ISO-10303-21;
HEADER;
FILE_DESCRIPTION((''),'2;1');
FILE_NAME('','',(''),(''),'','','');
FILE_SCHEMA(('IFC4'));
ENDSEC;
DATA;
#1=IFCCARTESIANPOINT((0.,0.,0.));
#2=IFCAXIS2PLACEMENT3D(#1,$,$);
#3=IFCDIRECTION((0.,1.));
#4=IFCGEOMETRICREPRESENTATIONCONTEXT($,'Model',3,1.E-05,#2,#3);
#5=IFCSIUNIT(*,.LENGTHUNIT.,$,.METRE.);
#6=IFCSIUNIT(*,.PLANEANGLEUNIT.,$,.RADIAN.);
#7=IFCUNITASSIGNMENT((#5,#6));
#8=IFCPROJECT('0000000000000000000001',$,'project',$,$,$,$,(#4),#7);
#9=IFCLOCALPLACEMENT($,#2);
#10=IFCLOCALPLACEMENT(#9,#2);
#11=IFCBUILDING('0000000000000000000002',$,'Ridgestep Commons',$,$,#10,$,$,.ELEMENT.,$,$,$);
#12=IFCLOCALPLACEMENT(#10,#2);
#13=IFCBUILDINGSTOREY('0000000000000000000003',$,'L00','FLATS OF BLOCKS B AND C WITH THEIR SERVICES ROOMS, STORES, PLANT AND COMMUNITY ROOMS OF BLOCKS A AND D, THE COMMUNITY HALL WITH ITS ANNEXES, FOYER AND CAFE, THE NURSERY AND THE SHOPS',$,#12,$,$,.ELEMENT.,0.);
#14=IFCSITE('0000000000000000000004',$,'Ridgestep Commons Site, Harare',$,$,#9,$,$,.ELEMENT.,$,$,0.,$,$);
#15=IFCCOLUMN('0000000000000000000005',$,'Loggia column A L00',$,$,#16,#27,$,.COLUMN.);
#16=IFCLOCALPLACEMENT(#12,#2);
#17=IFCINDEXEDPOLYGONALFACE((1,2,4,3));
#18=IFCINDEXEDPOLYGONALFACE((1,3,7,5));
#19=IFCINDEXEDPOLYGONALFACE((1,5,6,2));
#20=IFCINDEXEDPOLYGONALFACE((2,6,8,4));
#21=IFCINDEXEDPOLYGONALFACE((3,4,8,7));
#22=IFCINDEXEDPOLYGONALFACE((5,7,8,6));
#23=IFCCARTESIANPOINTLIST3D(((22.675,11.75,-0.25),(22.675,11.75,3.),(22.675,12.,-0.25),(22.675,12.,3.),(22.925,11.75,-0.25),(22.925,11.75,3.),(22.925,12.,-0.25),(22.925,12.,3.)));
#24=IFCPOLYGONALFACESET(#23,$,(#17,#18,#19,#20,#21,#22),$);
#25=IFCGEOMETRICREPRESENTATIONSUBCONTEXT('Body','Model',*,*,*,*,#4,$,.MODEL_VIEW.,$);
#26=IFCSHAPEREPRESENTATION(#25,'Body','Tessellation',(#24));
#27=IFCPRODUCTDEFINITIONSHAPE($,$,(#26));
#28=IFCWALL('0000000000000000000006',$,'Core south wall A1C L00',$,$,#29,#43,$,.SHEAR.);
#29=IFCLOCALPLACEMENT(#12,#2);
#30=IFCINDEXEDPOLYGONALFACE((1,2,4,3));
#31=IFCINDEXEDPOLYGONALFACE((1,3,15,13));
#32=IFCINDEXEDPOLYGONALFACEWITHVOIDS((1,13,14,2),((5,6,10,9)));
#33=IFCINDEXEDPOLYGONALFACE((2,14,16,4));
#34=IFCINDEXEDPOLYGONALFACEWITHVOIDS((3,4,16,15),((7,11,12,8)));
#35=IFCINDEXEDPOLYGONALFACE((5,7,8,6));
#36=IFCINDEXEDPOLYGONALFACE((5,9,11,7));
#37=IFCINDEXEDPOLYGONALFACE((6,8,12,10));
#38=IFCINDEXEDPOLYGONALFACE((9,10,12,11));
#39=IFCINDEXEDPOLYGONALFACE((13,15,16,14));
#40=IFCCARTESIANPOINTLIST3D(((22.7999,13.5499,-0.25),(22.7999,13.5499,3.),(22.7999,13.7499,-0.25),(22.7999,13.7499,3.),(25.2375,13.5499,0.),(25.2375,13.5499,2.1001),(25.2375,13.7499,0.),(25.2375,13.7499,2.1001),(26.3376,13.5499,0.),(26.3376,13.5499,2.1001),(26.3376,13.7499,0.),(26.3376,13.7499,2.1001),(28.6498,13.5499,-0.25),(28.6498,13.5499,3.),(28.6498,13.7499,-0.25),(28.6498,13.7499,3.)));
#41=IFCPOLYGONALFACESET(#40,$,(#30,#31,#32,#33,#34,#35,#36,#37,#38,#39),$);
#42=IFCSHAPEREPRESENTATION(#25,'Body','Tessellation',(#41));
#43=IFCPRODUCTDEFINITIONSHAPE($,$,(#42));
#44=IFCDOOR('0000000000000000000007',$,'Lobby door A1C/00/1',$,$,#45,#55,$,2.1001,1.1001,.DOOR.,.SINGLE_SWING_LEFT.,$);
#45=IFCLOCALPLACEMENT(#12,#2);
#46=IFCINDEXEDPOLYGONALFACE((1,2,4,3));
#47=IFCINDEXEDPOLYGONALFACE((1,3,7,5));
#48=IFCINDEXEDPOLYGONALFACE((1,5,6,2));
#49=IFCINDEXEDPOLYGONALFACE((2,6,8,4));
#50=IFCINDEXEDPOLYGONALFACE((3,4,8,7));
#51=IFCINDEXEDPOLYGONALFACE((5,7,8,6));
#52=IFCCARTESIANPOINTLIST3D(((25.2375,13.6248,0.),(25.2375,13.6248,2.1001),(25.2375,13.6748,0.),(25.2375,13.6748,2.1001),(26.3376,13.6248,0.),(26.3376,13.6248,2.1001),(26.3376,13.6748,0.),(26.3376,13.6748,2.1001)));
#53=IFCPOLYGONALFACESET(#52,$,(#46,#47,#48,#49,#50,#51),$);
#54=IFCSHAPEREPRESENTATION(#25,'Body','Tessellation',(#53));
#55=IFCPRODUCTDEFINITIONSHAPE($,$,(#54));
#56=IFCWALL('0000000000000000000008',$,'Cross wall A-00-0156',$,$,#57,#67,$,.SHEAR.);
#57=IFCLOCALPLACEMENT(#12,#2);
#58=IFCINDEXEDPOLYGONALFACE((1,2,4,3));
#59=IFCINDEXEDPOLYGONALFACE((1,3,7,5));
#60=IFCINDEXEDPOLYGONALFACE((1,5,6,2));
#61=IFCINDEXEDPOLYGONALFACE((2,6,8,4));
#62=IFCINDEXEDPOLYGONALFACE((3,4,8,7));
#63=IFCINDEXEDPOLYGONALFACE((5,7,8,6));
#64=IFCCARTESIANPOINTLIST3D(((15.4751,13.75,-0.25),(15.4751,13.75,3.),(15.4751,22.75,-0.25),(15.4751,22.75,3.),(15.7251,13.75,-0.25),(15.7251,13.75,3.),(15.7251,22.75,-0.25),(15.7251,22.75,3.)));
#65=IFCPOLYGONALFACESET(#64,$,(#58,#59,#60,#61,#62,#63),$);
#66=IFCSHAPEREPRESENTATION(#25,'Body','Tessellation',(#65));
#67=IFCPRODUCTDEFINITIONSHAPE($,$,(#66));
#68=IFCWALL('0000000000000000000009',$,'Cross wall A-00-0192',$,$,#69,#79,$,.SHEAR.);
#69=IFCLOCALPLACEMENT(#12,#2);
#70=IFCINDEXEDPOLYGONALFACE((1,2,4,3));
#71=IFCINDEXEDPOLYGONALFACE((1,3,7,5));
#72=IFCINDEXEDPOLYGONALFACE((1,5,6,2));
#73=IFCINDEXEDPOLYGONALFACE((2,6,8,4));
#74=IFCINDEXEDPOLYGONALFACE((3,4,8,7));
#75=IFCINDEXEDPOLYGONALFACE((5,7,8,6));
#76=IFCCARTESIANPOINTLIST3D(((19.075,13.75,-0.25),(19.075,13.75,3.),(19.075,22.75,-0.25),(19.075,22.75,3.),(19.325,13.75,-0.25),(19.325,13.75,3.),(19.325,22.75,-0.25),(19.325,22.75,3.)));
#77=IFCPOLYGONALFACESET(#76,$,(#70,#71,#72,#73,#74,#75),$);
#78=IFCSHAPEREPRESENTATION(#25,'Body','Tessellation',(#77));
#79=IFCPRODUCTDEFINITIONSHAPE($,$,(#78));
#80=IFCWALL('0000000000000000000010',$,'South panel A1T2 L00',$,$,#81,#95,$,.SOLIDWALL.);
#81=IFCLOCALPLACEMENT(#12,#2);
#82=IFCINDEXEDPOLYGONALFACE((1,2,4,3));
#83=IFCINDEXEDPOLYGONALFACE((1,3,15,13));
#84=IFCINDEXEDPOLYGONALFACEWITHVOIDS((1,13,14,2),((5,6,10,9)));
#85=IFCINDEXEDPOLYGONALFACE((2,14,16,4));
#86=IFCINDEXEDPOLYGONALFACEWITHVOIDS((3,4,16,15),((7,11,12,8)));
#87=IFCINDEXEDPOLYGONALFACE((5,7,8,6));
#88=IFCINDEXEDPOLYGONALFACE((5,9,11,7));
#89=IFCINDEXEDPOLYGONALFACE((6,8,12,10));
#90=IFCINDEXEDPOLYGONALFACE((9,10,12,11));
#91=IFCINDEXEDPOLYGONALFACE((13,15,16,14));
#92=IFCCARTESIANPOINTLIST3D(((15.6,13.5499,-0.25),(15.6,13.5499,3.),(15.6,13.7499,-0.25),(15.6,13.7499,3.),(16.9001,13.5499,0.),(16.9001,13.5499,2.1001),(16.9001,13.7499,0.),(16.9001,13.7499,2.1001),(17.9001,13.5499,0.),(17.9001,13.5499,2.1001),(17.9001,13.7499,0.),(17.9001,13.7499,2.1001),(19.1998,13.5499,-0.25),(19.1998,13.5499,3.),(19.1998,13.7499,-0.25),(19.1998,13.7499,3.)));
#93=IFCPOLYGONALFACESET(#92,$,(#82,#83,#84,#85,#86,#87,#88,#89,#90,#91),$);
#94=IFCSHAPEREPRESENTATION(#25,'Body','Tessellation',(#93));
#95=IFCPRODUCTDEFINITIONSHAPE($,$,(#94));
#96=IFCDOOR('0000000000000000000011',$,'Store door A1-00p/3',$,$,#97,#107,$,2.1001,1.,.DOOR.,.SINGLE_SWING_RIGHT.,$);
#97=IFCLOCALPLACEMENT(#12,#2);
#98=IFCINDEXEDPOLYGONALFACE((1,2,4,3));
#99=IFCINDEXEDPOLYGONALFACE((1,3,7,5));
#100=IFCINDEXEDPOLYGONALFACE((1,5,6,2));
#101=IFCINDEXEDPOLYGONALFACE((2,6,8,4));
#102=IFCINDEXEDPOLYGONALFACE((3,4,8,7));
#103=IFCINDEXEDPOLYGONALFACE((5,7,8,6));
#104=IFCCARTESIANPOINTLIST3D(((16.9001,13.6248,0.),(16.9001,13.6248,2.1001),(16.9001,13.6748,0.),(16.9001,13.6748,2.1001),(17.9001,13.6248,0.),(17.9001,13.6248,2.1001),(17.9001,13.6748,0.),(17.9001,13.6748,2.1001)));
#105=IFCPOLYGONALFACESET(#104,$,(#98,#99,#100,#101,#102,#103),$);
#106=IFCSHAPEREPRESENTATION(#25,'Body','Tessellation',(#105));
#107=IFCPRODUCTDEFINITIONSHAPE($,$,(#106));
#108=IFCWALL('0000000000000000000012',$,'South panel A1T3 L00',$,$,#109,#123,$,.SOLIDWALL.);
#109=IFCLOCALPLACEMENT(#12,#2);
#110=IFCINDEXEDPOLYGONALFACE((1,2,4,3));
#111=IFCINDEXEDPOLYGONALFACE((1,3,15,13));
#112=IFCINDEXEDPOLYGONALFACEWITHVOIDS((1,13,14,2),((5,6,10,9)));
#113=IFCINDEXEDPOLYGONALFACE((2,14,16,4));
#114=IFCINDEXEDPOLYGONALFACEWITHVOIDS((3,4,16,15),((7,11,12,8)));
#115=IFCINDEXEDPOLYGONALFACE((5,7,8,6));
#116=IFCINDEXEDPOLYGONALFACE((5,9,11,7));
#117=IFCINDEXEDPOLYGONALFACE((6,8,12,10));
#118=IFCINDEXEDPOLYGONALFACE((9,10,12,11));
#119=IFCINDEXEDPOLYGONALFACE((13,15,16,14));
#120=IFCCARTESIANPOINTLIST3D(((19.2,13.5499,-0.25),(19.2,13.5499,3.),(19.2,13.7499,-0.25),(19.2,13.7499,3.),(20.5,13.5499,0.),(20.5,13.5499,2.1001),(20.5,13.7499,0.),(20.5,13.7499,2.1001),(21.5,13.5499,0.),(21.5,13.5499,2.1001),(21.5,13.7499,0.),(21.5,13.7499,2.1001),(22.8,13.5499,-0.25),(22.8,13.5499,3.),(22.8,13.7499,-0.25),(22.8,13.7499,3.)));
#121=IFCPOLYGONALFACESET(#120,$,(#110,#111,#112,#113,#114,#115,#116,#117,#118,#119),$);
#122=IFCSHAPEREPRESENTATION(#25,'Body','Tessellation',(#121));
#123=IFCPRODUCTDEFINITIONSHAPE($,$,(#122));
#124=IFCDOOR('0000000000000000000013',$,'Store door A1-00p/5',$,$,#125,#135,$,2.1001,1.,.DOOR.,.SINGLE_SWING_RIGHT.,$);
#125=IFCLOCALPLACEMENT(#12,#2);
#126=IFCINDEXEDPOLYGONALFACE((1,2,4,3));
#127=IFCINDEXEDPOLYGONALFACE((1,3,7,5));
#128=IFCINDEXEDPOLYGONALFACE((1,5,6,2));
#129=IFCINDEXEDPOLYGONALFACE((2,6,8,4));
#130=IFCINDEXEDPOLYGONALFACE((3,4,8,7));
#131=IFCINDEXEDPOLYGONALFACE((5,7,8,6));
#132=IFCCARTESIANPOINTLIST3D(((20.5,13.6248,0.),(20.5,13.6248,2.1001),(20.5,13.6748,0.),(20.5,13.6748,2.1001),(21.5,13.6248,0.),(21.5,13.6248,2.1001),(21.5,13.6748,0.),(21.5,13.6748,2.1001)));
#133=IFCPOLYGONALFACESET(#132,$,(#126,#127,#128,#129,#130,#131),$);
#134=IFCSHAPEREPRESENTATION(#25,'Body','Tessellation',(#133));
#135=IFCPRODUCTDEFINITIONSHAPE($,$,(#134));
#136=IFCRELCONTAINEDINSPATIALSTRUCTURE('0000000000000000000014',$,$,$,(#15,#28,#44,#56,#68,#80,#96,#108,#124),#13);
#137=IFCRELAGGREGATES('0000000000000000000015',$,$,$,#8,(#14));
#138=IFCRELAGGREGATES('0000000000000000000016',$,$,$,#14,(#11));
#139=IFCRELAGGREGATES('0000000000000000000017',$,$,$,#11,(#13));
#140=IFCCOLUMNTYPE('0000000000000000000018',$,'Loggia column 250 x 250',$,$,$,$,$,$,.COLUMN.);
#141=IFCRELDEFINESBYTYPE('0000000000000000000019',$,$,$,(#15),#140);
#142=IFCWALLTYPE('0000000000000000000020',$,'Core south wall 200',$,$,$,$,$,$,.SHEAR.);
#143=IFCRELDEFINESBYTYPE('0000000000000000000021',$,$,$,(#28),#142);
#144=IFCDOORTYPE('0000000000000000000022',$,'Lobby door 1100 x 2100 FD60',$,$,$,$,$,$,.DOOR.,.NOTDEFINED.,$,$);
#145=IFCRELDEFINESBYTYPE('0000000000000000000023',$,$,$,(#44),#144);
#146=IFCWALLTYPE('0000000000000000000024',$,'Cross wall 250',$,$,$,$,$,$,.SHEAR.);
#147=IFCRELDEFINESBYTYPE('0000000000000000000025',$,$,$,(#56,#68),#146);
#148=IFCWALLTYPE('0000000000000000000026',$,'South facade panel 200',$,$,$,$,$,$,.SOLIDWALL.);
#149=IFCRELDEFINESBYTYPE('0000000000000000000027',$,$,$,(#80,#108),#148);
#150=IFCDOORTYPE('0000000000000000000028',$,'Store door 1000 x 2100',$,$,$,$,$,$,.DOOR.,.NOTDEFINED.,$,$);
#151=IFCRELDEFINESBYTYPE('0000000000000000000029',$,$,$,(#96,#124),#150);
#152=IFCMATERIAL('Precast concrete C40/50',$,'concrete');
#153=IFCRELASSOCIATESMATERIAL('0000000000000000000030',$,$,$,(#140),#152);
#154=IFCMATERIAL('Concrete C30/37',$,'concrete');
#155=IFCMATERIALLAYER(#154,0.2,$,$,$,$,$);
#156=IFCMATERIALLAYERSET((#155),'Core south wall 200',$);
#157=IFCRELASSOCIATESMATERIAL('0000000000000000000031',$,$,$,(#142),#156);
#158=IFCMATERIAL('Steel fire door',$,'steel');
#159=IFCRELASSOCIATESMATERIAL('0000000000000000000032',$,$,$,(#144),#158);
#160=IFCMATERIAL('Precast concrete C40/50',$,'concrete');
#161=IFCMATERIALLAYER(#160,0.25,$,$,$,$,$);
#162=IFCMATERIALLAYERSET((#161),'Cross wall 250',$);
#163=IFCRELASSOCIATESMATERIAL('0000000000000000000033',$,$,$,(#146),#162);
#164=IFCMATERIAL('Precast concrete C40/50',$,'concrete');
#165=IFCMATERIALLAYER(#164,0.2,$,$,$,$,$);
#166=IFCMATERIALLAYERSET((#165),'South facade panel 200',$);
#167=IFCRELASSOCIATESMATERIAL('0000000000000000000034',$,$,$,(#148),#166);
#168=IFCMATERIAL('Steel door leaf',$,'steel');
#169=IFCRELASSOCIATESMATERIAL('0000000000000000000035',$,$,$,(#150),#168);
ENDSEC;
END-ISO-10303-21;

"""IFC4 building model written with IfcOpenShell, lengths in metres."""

from ifc_helpers import new_model, si_unit, direction, frame, frame_2d, origin, origin_2d, place, context, subcontext, project, spatial, rectangle, extrude, material, layer, layer_set, material_profile, profile_set, type_object, element, fill, save


model = new_model("IFC4")

# Units and contexts
model_context = context("Model", 3, precision=1e-05, world=origin(), true_north=direction((0.0, 1.0)))
body_context = subcontext(model_context, "Body", "Model", "MODEL_VIEW")
ifc_project = project(units=[si_unit("LENGTHUNIT", "METRE"), si_unit("PLANEANGLEUNIT", "RADIAN")], contexts=[model_context])

# Site, building, storey
site_placement = place(None, origin())
site = spatial("IfcSite", under=ifc_project, at=site_placement, Name="Ridgestep Commons Site, Harare", CompositionType="ELEMENT", RefElevation=0.0)
building_placement = place(site_placement, origin())
building = spatial("IfcBuilding", under=site, at=building_placement, Name="Ridgestep Commons", CompositionType="ELEMENT")
storey_placement = place(building_placement, origin())
storey = spatial("IfcBuildingStorey", under=building, at=storey_placement, Name="L00", Description="FLATS OF BLOCKS B AND C WITH THEIR SERVICES ROOMS, STORES, PLANT AND COMMUNITY ROOMS OF BLOCKS A AND D, THE COMMUNITY HALL WITH ITS ANNEXES, FOYER AND CAFE, THE NURSERY AND THE SHOPS", CompositionType="ELEMENT", Elevation=0.0)

# Column
ifc_material_1 = material(Name="Precast concrete C40/50", Category="concrete")
ifc_material_profile = material_profile(ifc_material_1, rectangle(XDim=0.25, YDim=0.25, at=origin_2d()), Name="PC 250x250")
ifc_profile_set = profile_set([ifc_material_profile], Name="Precast concrete C40/50")
column_type = type_object("IfcColumnType", Name="Loggia column 250 x 250", PredefinedType="COLUMN", material=ifc_profile_set)
column_placement = place(storey_placement, frame((22.8, 11.875, -0.25), z_axis=(0.0, 0.0, 1.0), x_axis=(1.0, 0.0, 0.0)))
element("IfcColumn", 1, at=column_placement, inside=storey, type_object=column_type, Name="Loggia column A L00", PredefinedType="COLUMN", context=body_context, shape_type="SweptSolid", body=[
    extrude(rectangle(XDim=0.25, YDim=0.25, at=origin_2d()), origin(), (0.0, 0.0, 1.0), 3.25),
])

# Wall, opening, door
ifc_material_2 = material(Name="Concrete C30/37", Category="concrete")
ifc_layer_1 = layer(ifc_material_2, 0.2)
ifc_layer_set_1 = layer_set([ifc_layer_1], Name="Core south wall 200")
wall_type_1 = type_object("IfcWallType", Name="Core south wall 200", PredefinedType="SHEAR", material=ifc_layer_set_1)
wall_1_placement = place(storey_placement, frame((22.8, 13.6499, -0.25), z_axis=(0.0, 0.0, 1.0), x_axis=(1.0, 0.0, 0.0)))
wall_1 = element("IfcWall", 2, at=wall_1_placement, inside=storey, type_object=wall_type_1, Name="Core south wall A1C L00", PredefinedType="SHEAR", context=body_context, shape_type="SweptSolid", body=[
    extrude(rectangle(XDim=5.8499, YDim=0.2, at=frame_2d((2.9248, 0.0))), origin(), (0.0, 0.0, 1.0), 3.25),
])
opening_1_placement = place(wall_1_placement, frame((2.4375, 0.0, 0.25)))
opening_1 = element("IfcOpeningElement", 3, at=opening_1_placement, cuts=wall_1, PredefinedType="OPENING", context=body_context, shape_type="SweptSolid", body=[
    extrude(rectangle(XDim=1.1001, YDim=2.1001, at=frame_2d((0.55, 1.05))), frame((0.0, 0.1099, 0.0), z_axis=(0.0, -1.0, 0.0), x_axis=(1.0, 0.0, 0.0)), (0.0, 0.0, 1.0), 0.22),
])
ifc_material_3 = material(Name="Steel fire door", Category="steel")
door_type_1 = type_object("IfcDoorType", Name="Lobby door 1100 x 2100 FD60", OperationType="NOTDEFINED", PredefinedType="DOOR", material=ifc_material_3)
door_1_placement = place(opening_1_placement, origin())
door_1 = element("IfcDoor", 4, at=door_1_placement, inside=storey, type_object=door_type_1, Name="Lobby door A1C/00/1", OperationType="SINGLE_SWING_LEFT", OverallHeight=2.1001, OverallWidth=1.1001, PredefinedType="DOOR", context=body_context, shape_type="SweptSolid", body=[
    extrude(rectangle(XDim=1.1001, YDim=2.1001, at=frame_2d((0.55, 1.05))), frame((0.0, 0.0249, 0.0), z_axis=(0.0, -1.0, 0.0), x_axis=(1.0, 0.0, 0.0)), (0.0, 0.0, 1.0), 0.05),
])
fill(opening_1, door_1)

# Walls
ifc_material_4 = material(Name="Precast concrete C40/50", Category="concrete")
ifc_layer_2 = layer(ifc_material_4, 0.25)
ifc_layer_set_2 = layer_set([ifc_layer_2], Name="Cross wall 250")
wall_type_2 = type_object("IfcWallType", Name="Cross wall 250", PredefinedType="SHEAR", material=ifc_layer_set_2)
for number, where, z_axis, x_axis, name in (
    (5, (15.6001, 13.75, -0.25), (0.0, 0.0, 1.0), (0.0, 1.0, 0.0), "Cross wall A-00-0156"),
    (6, (19.2, 13.75, -0.25), (0.0, 0.0, 1.0), (0.0, 1.0, 0.0), "Cross wall A-00-0192"),
):
    element("IfcWall", number, at=place(storey_placement, frame(where, z_axis=z_axis, x_axis=x_axis)), inside=storey, type_object=wall_type_2, Name=name, PredefinedType="SHEAR", context=body_context, shape_type="SweptSolid", body=[
        extrude(rectangle(XDim=9.0, YDim=0.25, at=frame_2d((4.5, 0.0))), origin(), (0.0, 0.0, 1.0), 3.25),
    ])

# Walls, openings, doors
ifc_material_5 = material(Name="Precast concrete C40/50", Category="concrete")
ifc_layer_3 = layer(ifc_material_5, 0.2)
ifc_layer_set_3 = layer_set([ifc_layer_3], Name="South facade panel 200")
wall_type_3 = type_object("IfcWallType", Name="South facade panel 200", PredefinedType="SOLIDWALL", material=ifc_layer_set_3)
wall_2_placement = place(storey_placement, frame((15.6001, 13.6499, -0.25), z_axis=(0.0, 0.0, 1.0), x_axis=(1.0, 0.0, 0.0)))
wall_2 = element("IfcWall", 7, at=wall_2_placement, inside=storey, type_object=wall_type_3, Name="South panel A1T2 L00", PredefinedType="SOLIDWALL", context=body_context, shape_type="SweptSolid", body=[
    extrude(rectangle(XDim=3.5999, YDim=0.2, at=frame_2d((1.7998, 0.0))), origin(), (0.0, 0.0, 1.0), 3.25),
])
opening_2_placement = place(wall_2_placement, frame((1.3, 0.0, 0.25)))
opening_2 = element("IfcOpeningElement", 8, at=opening_2_placement, cuts=wall_2, PredefinedType="OPENING", context=body_context, shape_type="SweptSolid", body=[
    extrude(rectangle(XDim=1.0, YDim=2.1001, at=frame_2d((0.5, 1.05))), frame((0.0, 0.1099, 0.0), z_axis=(0.0, -1.0, 0.0), x_axis=(1.0, 0.0, 0.0)), (0.0, 0.0, 1.0), 0.22),
])
ifc_material_6 = material(Name="Steel door leaf", Category="steel")
door_type_2 = type_object("IfcDoorType", Name="Store door 1000 x 2100", OperationType="NOTDEFINED", PredefinedType="DOOR", material=ifc_material_6)
door_2_placement = place(opening_2_placement, origin())
door_2 = element("IfcDoor", 9, at=door_2_placement, inside=storey, type_object=door_type_2, Name="Store door A1-00p/3", OperationType="SINGLE_SWING_RIGHT", OverallHeight=2.1001, OverallWidth=1.0, PredefinedType="DOOR", context=body_context, shape_type="SweptSolid", body=[
    extrude(rectangle(XDim=1.0, YDim=2.1001, at=frame_2d((0.5, 1.05))), frame((0.0, 0.0249, 0.0), z_axis=(0.0, -1.0, 0.0), x_axis=(1.0, 0.0, 0.0)), (0.0, 0.0, 1.0), 0.05),
])
fill(opening_2, door_2)
wall_3_placement = place(storey_placement, frame((19.2, 13.6499, -0.25), z_axis=(0.0, 0.0, 1.0), x_axis=(1.0, 0.0, 0.0)))
wall_3 = element("IfcWall", 10, at=wall_3_placement, inside=storey, type_object=wall_type_3, Name="South panel A1T3 L00", PredefinedType="SOLIDWALL", context=body_context, shape_type="SweptSolid", body=[
    extrude(rectangle(XDim=3.6001, YDim=0.2, at=frame_2d((1.8, 0.0))), origin(), (0.0, 0.0, 1.0), 3.25),
])
opening_3_placement = place(wall_3_placement, frame((1.3, 0.0, 0.25)))
opening_3 = element("IfcOpeningElement", 11, at=opening_3_placement, cuts=wall_3, PredefinedType="OPENING", context=body_context, shape_type="SweptSolid", body=[
    extrude(rectangle(XDim=1.0, YDim=2.1001, at=frame_2d((0.5, 1.05))), frame((0.0, 0.1099, 0.0), z_axis=(0.0, -1.0, 0.0), x_axis=(1.0, 0.0, 0.0)), (0.0, 0.0, 1.0), 0.22),
])
door_3_placement = place(opening_3_placement, origin())
door_3 = element("IfcDoor", 12, at=door_3_placement, inside=storey, type_object=door_type_2, Name="Store door A1-00p/5", OperationType="SINGLE_SWING_RIGHT", OverallHeight=2.1001, OverallWidth=1.0, PredefinedType="DOOR", context=body_context, shape_type="SweptSolid", body=[
    extrude(rectangle(XDim=1.0, YDim=2.1001, at=frame_2d((0.5, 1.05))), frame((0.0, 0.0249, 0.0), z_axis=(0.0, -1.0, 0.0), x_axis=(1.0, 0.0, 0.0)), (0.0, 0.0, 1.0), 0.05),
])
fill(opening_3, door_3)

save(model, "model.ifc")
